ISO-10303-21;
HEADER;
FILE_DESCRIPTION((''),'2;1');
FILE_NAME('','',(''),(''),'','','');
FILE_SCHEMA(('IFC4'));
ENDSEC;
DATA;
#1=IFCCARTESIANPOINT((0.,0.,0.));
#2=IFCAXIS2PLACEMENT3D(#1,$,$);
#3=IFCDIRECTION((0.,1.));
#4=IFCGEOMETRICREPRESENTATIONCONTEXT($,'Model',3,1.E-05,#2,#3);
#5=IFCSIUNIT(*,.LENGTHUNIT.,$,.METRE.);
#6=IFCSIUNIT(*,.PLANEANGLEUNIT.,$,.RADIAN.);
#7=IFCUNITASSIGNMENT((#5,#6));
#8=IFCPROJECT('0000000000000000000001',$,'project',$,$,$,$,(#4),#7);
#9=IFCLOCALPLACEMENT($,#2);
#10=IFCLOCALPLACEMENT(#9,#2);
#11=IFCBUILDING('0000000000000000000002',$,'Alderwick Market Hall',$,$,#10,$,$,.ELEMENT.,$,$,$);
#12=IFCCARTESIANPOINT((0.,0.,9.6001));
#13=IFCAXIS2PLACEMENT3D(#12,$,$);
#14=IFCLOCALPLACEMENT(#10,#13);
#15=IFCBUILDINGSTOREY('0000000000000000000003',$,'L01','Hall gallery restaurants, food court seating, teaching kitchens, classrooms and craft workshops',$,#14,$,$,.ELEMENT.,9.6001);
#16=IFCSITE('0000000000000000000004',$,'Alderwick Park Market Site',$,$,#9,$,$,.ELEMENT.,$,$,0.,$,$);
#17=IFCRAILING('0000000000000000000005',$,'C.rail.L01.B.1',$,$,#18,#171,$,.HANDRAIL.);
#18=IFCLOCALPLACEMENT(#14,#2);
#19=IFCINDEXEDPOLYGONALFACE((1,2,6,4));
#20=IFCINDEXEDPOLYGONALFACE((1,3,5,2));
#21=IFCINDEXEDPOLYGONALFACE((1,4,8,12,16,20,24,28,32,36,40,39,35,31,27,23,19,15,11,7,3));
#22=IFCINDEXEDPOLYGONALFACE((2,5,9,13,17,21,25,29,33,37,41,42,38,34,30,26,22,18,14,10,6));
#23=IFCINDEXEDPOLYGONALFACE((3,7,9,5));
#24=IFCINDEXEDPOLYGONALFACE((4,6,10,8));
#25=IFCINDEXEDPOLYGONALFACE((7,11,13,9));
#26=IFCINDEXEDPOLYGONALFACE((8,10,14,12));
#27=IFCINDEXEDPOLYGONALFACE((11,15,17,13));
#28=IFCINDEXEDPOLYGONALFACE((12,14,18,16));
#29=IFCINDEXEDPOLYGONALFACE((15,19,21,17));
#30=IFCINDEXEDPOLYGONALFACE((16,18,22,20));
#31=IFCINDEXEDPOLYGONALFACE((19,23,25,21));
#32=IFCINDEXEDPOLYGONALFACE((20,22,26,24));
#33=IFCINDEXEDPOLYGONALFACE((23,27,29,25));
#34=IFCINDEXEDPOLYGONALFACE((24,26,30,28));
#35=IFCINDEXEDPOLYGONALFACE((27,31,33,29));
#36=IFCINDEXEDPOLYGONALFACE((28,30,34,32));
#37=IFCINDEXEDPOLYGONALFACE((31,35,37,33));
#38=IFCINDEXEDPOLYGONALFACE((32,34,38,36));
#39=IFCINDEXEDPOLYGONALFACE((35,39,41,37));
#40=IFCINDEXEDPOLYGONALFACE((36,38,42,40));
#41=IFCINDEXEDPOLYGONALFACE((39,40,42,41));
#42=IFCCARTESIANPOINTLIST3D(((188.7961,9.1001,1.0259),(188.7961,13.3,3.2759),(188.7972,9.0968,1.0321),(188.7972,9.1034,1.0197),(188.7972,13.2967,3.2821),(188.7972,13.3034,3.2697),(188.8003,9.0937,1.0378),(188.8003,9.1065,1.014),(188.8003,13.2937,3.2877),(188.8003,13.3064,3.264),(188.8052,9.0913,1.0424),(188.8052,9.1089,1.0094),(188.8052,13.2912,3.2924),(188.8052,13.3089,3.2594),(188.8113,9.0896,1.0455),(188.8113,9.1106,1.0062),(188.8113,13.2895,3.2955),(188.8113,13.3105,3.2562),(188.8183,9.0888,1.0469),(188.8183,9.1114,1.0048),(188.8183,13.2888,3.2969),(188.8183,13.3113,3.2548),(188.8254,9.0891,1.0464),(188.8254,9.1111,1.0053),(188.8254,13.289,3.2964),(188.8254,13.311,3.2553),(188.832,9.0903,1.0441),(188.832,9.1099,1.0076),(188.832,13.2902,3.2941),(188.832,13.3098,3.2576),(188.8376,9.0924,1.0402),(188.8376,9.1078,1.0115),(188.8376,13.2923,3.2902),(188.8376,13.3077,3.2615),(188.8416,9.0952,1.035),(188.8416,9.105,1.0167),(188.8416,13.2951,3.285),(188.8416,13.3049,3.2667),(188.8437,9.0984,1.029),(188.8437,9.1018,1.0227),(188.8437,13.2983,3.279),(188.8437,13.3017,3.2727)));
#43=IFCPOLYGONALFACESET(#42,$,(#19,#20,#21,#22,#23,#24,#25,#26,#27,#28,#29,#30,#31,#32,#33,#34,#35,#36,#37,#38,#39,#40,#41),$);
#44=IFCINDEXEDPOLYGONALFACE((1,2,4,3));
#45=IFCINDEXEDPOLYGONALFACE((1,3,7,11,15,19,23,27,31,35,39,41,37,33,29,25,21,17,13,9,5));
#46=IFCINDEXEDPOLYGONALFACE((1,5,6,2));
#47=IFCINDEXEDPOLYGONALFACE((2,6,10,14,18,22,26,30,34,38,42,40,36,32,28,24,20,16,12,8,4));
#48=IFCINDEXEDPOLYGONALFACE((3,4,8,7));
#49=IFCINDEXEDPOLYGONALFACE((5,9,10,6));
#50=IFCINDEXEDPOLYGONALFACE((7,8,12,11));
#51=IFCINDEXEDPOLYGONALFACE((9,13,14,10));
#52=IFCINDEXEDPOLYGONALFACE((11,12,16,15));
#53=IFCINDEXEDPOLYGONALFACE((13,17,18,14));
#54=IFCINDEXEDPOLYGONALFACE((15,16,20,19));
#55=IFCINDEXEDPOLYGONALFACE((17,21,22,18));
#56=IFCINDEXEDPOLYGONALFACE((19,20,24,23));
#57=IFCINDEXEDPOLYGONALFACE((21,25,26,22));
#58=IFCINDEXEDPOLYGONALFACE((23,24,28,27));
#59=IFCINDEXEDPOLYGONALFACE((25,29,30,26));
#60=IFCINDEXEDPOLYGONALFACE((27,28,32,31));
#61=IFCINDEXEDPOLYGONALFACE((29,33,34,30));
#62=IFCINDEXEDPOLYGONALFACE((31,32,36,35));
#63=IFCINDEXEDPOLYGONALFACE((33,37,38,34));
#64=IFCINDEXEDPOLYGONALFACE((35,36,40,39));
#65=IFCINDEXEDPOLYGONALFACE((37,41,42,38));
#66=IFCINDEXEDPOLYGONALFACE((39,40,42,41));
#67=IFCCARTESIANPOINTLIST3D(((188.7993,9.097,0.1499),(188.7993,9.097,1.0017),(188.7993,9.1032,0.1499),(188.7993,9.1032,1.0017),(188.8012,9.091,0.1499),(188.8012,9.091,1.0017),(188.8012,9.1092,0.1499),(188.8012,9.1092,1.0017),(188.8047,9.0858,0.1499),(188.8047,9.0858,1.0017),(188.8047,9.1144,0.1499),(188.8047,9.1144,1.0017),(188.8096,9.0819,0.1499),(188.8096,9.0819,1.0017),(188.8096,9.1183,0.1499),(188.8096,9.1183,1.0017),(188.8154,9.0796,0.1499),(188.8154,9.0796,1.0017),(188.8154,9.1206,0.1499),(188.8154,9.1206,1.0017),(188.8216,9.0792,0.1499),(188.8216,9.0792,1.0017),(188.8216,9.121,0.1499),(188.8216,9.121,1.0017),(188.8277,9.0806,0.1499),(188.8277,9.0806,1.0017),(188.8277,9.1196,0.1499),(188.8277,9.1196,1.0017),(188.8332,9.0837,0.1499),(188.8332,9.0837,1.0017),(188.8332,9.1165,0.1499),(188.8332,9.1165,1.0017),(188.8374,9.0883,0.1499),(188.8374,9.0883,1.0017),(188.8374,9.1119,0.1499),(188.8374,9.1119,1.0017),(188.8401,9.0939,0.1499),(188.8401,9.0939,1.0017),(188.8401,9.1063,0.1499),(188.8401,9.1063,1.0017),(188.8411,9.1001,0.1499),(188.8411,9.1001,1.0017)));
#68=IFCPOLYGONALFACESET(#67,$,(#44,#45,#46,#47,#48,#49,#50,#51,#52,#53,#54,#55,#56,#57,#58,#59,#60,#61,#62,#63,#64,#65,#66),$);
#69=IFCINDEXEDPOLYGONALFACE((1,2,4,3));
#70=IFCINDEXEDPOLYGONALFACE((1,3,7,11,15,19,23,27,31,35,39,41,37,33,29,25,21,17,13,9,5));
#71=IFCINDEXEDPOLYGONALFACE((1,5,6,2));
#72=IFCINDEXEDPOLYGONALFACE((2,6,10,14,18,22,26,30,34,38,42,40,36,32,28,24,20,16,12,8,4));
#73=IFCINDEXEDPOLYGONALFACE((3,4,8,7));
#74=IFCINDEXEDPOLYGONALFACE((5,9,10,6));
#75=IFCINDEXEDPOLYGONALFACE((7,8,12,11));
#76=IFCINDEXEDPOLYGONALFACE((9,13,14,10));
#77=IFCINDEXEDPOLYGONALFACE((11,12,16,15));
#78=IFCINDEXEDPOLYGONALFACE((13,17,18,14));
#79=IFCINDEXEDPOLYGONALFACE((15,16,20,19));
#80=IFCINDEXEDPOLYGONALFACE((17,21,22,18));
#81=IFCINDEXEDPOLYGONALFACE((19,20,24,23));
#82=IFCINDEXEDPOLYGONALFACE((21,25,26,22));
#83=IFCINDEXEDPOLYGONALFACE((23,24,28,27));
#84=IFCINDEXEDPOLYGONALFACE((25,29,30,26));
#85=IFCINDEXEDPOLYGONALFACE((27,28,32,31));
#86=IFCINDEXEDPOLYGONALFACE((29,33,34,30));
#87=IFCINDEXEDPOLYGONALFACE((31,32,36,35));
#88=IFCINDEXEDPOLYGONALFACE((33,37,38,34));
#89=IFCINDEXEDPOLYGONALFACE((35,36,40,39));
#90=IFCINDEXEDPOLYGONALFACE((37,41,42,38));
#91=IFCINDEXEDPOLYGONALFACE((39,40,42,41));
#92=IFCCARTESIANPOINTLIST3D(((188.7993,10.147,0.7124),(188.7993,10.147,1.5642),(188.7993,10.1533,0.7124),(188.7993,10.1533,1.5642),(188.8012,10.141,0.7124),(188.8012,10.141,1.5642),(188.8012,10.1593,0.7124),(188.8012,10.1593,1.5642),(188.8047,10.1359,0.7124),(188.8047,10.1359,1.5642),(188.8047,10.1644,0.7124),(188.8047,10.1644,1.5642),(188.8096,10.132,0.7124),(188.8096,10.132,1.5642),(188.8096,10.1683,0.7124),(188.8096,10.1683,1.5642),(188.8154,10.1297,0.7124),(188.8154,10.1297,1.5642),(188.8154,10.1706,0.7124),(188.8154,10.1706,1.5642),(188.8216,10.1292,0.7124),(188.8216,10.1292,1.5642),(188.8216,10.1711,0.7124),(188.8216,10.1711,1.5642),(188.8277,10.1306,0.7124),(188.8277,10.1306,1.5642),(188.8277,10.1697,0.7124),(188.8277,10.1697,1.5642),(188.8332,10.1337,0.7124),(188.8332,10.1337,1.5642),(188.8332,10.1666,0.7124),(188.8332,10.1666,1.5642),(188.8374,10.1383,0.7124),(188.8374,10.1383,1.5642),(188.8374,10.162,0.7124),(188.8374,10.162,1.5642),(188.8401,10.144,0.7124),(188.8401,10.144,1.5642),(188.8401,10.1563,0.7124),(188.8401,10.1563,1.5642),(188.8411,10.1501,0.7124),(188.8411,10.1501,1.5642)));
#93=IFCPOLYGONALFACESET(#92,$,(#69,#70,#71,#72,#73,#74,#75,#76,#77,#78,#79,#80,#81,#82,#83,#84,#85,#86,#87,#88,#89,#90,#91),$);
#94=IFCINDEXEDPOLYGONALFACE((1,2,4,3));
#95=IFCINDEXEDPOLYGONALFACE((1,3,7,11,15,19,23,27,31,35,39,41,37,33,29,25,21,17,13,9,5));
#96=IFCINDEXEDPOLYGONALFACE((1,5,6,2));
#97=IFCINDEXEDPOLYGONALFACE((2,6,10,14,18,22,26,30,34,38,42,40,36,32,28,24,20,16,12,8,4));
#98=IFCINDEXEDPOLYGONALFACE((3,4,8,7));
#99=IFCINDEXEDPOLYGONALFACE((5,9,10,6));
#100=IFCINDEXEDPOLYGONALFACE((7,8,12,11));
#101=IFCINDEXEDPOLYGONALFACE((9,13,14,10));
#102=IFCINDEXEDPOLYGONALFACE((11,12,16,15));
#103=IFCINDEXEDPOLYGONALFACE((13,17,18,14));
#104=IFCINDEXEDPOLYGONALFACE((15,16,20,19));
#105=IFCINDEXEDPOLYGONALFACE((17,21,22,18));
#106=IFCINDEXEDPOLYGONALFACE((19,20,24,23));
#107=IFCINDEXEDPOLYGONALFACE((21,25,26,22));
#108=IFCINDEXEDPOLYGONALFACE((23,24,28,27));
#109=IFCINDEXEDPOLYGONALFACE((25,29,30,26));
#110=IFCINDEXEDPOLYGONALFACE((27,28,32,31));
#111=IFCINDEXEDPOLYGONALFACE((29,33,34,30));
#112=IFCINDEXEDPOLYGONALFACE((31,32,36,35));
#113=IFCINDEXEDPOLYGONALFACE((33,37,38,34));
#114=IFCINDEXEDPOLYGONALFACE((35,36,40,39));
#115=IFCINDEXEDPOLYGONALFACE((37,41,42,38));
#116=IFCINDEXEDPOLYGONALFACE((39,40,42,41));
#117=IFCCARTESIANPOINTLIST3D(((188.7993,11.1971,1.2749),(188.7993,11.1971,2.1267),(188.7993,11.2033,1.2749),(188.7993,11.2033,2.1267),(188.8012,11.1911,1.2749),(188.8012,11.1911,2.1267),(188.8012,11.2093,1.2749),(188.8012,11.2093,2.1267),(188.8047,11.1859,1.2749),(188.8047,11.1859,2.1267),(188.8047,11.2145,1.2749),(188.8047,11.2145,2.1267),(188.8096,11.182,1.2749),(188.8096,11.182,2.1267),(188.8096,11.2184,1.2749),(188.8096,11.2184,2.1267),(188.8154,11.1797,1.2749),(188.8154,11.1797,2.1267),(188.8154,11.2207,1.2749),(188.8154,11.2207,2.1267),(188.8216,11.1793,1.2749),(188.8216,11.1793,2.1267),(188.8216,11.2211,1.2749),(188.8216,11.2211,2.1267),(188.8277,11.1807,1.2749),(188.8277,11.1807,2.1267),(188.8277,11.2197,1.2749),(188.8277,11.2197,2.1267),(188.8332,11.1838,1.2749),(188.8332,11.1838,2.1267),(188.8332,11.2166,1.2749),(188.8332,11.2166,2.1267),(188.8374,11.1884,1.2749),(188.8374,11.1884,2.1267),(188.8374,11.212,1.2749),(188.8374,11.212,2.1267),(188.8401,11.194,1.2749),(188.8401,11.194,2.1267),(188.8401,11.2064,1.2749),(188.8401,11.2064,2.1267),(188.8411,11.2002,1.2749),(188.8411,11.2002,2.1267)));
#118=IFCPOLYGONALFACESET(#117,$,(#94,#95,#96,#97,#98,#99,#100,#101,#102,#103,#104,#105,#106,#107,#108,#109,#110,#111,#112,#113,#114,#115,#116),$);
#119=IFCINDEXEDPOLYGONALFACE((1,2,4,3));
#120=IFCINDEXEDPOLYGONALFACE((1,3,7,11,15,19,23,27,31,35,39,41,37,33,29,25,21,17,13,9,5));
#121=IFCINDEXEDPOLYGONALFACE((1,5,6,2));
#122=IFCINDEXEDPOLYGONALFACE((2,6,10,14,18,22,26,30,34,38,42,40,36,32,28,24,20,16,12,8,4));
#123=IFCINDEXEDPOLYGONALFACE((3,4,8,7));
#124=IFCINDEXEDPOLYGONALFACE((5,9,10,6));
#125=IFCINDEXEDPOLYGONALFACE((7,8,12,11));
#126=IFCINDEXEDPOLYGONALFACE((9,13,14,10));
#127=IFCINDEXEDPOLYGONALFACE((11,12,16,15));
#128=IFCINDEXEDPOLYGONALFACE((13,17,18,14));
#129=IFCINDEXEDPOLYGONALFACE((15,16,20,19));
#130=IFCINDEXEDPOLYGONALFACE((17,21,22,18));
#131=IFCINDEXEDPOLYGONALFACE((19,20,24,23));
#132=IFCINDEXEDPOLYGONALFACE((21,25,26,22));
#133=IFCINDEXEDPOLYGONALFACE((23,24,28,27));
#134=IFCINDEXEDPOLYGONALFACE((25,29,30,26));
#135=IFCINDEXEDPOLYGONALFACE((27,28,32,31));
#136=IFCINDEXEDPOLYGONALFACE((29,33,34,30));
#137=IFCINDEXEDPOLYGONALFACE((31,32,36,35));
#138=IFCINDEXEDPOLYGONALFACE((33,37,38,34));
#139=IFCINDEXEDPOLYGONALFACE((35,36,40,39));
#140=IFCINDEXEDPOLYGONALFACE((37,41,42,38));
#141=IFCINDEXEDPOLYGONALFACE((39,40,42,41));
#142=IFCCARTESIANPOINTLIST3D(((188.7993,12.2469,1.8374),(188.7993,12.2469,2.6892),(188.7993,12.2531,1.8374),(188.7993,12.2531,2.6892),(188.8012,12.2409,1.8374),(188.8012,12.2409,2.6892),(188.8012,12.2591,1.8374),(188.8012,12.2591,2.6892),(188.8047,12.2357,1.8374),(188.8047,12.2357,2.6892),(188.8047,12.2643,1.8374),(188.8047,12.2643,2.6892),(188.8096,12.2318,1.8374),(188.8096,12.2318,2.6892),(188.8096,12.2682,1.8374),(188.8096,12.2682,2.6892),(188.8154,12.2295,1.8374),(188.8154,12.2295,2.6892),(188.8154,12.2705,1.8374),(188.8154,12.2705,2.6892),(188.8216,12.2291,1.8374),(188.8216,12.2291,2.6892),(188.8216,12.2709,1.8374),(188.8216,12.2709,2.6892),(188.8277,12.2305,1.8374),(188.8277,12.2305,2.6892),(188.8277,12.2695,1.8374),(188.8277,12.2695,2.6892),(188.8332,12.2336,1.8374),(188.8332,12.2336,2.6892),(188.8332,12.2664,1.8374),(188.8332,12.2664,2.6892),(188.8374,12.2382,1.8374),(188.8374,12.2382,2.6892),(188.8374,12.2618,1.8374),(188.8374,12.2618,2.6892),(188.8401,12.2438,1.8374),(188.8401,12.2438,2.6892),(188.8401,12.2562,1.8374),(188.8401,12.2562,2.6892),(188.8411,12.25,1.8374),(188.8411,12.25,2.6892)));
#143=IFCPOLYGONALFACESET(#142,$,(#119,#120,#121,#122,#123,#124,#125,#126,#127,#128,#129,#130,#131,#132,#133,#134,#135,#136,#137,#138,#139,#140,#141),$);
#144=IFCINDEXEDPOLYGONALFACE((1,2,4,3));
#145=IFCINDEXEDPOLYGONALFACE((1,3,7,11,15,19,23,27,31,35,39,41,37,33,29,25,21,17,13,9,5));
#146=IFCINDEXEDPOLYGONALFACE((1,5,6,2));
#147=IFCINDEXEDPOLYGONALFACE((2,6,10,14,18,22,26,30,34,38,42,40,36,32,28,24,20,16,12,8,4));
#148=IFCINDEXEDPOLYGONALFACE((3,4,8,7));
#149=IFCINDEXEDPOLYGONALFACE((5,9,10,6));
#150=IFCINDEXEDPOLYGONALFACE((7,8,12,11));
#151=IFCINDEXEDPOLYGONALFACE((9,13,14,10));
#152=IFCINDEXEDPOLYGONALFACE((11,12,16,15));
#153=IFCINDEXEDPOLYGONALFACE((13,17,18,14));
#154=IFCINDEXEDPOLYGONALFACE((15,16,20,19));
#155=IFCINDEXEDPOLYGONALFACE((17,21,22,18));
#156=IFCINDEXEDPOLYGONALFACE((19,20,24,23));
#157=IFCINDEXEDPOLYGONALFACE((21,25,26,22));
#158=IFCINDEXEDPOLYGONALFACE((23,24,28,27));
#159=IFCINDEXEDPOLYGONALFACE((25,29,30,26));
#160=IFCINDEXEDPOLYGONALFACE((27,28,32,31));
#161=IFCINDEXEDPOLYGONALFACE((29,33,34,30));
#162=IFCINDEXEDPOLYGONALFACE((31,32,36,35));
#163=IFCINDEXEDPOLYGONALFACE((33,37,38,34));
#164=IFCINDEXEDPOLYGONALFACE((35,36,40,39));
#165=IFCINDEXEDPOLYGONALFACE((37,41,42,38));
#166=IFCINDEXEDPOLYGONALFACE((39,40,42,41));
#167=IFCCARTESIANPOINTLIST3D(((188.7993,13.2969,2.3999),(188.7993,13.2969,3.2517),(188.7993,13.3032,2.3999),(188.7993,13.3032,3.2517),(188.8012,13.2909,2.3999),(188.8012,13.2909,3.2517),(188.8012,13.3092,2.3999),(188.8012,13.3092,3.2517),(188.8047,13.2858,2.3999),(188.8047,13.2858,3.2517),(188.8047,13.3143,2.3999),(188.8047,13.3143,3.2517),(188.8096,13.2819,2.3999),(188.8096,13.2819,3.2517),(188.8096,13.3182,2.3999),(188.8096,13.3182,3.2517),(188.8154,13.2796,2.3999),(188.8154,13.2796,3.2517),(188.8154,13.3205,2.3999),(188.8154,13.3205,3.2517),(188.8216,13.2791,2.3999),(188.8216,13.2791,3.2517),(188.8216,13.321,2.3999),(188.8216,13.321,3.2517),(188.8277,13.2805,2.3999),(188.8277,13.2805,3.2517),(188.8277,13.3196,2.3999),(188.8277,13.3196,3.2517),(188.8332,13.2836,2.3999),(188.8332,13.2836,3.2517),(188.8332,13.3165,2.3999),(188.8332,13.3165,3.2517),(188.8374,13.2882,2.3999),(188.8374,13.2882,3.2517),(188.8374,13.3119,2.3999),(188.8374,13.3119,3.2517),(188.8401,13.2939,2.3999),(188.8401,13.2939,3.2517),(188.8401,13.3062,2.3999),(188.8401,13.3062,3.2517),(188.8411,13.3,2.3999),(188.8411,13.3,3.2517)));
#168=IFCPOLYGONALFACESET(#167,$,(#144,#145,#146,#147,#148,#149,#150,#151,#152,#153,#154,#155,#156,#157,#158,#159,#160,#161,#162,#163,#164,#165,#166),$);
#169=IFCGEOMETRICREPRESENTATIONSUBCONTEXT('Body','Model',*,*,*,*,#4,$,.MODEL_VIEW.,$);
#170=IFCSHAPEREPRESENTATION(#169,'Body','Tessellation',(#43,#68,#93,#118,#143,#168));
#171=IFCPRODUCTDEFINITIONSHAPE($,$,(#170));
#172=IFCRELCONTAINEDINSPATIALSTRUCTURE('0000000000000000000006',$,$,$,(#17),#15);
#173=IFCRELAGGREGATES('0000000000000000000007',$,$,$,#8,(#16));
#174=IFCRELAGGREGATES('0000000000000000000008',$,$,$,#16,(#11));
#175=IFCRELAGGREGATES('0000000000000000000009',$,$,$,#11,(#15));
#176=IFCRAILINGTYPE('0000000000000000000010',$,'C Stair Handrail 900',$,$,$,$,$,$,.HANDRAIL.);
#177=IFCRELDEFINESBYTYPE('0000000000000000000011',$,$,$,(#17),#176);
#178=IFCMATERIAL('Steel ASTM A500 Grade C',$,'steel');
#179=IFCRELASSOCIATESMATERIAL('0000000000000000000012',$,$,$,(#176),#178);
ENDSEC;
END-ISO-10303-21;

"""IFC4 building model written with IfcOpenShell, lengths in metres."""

from ifc_helpers import new_model, si_unit, direction, frame, origin, origin_2d, place, context, subcontext, project, spatial, circle, extrude, material, type_object, element, save


model = new_model("IFC4")

# Units and contexts
model_context = context("Model", 3, precision=1e-05, world=origin(), true_north=direction((0.0, 1.0)))
body_context = subcontext(model_context, "Body", "Model", "MODEL_VIEW")
ifc_project = project(units=[si_unit("LENGTHUNIT", "METRE"), si_unit("PLANEANGLEUNIT", "RADIAN")], contexts=[model_context])

# Site, building, storey
site_placement = place(None, origin())
site = spatial("IfcSite", under=ifc_project, at=site_placement, Name="Alderwick Park Market Site", CompositionType="ELEMENT", RefElevation=0.0)
building_placement = place(site_placement, origin())
building = spatial("IfcBuilding", under=site, at=building_placement, Name="Alderwick Market Hall", CompositionType="ELEMENT")
storey_placement = place(building_placement, frame((0.0, 0.0, 9.6001)))
storey = spatial("IfcBuildingStorey", under=building, at=storey_placement, Name="L01", Description="Hall gallery restaurants, food court seating, teaching kitchens, classrooms and craft workshops", CompositionType="ELEMENT", Elevation=9.6001)

# Railing
ifc_material_1 = material(Name="Steel ASTM A500 Grade C", Category="steel")
railing_type = type_object("IfcRailingType", Name="C Stair Handrail 900", PredefinedType="HANDRAIL", material=ifc_material_1)
for number, where, name in (
    (1, (188.8201, 9.1001, 0.1499), "C.rail.L01.B.1"),
):
    element("IfcRailing", number, at=place(storey_placement, frame(where)), inside=storey, type_object=railing_type, Name=name, PredefinedType="HANDRAIL", context=body_context, shape_type="SweptSolid", body=[
        extrude(circle(Radius=0.0239, at=origin_2d()), frame((0.0, 0.0, 0.876), z_axis=(0.0, 0.881478, 0.472226), x_axis=(-1.0, 0.0, 0.0)), (0.0, 0.0, 1.0), 4.7646),
        extrude(circle(Radius=0.021, at=origin_2d()), origin(), (0.0, 0.0, 1.0), 0.8518),
        extrude(circle(Radius=0.021, at=origin_2d()), frame((0.0, 1.05, 0.5625)), (0.0, 0.0, 1.0), 0.8518),
        extrude(circle(Radius=0.021, at=origin_2d()), frame((0.0, 2.1001, 1.125)), (0.0, 0.0, 1.0), 0.8518),
        extrude(circle(Radius=0.021, at=origin_2d()), frame((0.0, 3.1499, 1.6875)), (0.0, 0.0, 1.0), 0.8518),
        extrude(circle(Radius=0.021, at=origin_2d()), frame((0.0, 4.2, 2.25)), (0.0, 0.0, 1.0), 0.8518),
    ])

save(model, "model.ifc")
